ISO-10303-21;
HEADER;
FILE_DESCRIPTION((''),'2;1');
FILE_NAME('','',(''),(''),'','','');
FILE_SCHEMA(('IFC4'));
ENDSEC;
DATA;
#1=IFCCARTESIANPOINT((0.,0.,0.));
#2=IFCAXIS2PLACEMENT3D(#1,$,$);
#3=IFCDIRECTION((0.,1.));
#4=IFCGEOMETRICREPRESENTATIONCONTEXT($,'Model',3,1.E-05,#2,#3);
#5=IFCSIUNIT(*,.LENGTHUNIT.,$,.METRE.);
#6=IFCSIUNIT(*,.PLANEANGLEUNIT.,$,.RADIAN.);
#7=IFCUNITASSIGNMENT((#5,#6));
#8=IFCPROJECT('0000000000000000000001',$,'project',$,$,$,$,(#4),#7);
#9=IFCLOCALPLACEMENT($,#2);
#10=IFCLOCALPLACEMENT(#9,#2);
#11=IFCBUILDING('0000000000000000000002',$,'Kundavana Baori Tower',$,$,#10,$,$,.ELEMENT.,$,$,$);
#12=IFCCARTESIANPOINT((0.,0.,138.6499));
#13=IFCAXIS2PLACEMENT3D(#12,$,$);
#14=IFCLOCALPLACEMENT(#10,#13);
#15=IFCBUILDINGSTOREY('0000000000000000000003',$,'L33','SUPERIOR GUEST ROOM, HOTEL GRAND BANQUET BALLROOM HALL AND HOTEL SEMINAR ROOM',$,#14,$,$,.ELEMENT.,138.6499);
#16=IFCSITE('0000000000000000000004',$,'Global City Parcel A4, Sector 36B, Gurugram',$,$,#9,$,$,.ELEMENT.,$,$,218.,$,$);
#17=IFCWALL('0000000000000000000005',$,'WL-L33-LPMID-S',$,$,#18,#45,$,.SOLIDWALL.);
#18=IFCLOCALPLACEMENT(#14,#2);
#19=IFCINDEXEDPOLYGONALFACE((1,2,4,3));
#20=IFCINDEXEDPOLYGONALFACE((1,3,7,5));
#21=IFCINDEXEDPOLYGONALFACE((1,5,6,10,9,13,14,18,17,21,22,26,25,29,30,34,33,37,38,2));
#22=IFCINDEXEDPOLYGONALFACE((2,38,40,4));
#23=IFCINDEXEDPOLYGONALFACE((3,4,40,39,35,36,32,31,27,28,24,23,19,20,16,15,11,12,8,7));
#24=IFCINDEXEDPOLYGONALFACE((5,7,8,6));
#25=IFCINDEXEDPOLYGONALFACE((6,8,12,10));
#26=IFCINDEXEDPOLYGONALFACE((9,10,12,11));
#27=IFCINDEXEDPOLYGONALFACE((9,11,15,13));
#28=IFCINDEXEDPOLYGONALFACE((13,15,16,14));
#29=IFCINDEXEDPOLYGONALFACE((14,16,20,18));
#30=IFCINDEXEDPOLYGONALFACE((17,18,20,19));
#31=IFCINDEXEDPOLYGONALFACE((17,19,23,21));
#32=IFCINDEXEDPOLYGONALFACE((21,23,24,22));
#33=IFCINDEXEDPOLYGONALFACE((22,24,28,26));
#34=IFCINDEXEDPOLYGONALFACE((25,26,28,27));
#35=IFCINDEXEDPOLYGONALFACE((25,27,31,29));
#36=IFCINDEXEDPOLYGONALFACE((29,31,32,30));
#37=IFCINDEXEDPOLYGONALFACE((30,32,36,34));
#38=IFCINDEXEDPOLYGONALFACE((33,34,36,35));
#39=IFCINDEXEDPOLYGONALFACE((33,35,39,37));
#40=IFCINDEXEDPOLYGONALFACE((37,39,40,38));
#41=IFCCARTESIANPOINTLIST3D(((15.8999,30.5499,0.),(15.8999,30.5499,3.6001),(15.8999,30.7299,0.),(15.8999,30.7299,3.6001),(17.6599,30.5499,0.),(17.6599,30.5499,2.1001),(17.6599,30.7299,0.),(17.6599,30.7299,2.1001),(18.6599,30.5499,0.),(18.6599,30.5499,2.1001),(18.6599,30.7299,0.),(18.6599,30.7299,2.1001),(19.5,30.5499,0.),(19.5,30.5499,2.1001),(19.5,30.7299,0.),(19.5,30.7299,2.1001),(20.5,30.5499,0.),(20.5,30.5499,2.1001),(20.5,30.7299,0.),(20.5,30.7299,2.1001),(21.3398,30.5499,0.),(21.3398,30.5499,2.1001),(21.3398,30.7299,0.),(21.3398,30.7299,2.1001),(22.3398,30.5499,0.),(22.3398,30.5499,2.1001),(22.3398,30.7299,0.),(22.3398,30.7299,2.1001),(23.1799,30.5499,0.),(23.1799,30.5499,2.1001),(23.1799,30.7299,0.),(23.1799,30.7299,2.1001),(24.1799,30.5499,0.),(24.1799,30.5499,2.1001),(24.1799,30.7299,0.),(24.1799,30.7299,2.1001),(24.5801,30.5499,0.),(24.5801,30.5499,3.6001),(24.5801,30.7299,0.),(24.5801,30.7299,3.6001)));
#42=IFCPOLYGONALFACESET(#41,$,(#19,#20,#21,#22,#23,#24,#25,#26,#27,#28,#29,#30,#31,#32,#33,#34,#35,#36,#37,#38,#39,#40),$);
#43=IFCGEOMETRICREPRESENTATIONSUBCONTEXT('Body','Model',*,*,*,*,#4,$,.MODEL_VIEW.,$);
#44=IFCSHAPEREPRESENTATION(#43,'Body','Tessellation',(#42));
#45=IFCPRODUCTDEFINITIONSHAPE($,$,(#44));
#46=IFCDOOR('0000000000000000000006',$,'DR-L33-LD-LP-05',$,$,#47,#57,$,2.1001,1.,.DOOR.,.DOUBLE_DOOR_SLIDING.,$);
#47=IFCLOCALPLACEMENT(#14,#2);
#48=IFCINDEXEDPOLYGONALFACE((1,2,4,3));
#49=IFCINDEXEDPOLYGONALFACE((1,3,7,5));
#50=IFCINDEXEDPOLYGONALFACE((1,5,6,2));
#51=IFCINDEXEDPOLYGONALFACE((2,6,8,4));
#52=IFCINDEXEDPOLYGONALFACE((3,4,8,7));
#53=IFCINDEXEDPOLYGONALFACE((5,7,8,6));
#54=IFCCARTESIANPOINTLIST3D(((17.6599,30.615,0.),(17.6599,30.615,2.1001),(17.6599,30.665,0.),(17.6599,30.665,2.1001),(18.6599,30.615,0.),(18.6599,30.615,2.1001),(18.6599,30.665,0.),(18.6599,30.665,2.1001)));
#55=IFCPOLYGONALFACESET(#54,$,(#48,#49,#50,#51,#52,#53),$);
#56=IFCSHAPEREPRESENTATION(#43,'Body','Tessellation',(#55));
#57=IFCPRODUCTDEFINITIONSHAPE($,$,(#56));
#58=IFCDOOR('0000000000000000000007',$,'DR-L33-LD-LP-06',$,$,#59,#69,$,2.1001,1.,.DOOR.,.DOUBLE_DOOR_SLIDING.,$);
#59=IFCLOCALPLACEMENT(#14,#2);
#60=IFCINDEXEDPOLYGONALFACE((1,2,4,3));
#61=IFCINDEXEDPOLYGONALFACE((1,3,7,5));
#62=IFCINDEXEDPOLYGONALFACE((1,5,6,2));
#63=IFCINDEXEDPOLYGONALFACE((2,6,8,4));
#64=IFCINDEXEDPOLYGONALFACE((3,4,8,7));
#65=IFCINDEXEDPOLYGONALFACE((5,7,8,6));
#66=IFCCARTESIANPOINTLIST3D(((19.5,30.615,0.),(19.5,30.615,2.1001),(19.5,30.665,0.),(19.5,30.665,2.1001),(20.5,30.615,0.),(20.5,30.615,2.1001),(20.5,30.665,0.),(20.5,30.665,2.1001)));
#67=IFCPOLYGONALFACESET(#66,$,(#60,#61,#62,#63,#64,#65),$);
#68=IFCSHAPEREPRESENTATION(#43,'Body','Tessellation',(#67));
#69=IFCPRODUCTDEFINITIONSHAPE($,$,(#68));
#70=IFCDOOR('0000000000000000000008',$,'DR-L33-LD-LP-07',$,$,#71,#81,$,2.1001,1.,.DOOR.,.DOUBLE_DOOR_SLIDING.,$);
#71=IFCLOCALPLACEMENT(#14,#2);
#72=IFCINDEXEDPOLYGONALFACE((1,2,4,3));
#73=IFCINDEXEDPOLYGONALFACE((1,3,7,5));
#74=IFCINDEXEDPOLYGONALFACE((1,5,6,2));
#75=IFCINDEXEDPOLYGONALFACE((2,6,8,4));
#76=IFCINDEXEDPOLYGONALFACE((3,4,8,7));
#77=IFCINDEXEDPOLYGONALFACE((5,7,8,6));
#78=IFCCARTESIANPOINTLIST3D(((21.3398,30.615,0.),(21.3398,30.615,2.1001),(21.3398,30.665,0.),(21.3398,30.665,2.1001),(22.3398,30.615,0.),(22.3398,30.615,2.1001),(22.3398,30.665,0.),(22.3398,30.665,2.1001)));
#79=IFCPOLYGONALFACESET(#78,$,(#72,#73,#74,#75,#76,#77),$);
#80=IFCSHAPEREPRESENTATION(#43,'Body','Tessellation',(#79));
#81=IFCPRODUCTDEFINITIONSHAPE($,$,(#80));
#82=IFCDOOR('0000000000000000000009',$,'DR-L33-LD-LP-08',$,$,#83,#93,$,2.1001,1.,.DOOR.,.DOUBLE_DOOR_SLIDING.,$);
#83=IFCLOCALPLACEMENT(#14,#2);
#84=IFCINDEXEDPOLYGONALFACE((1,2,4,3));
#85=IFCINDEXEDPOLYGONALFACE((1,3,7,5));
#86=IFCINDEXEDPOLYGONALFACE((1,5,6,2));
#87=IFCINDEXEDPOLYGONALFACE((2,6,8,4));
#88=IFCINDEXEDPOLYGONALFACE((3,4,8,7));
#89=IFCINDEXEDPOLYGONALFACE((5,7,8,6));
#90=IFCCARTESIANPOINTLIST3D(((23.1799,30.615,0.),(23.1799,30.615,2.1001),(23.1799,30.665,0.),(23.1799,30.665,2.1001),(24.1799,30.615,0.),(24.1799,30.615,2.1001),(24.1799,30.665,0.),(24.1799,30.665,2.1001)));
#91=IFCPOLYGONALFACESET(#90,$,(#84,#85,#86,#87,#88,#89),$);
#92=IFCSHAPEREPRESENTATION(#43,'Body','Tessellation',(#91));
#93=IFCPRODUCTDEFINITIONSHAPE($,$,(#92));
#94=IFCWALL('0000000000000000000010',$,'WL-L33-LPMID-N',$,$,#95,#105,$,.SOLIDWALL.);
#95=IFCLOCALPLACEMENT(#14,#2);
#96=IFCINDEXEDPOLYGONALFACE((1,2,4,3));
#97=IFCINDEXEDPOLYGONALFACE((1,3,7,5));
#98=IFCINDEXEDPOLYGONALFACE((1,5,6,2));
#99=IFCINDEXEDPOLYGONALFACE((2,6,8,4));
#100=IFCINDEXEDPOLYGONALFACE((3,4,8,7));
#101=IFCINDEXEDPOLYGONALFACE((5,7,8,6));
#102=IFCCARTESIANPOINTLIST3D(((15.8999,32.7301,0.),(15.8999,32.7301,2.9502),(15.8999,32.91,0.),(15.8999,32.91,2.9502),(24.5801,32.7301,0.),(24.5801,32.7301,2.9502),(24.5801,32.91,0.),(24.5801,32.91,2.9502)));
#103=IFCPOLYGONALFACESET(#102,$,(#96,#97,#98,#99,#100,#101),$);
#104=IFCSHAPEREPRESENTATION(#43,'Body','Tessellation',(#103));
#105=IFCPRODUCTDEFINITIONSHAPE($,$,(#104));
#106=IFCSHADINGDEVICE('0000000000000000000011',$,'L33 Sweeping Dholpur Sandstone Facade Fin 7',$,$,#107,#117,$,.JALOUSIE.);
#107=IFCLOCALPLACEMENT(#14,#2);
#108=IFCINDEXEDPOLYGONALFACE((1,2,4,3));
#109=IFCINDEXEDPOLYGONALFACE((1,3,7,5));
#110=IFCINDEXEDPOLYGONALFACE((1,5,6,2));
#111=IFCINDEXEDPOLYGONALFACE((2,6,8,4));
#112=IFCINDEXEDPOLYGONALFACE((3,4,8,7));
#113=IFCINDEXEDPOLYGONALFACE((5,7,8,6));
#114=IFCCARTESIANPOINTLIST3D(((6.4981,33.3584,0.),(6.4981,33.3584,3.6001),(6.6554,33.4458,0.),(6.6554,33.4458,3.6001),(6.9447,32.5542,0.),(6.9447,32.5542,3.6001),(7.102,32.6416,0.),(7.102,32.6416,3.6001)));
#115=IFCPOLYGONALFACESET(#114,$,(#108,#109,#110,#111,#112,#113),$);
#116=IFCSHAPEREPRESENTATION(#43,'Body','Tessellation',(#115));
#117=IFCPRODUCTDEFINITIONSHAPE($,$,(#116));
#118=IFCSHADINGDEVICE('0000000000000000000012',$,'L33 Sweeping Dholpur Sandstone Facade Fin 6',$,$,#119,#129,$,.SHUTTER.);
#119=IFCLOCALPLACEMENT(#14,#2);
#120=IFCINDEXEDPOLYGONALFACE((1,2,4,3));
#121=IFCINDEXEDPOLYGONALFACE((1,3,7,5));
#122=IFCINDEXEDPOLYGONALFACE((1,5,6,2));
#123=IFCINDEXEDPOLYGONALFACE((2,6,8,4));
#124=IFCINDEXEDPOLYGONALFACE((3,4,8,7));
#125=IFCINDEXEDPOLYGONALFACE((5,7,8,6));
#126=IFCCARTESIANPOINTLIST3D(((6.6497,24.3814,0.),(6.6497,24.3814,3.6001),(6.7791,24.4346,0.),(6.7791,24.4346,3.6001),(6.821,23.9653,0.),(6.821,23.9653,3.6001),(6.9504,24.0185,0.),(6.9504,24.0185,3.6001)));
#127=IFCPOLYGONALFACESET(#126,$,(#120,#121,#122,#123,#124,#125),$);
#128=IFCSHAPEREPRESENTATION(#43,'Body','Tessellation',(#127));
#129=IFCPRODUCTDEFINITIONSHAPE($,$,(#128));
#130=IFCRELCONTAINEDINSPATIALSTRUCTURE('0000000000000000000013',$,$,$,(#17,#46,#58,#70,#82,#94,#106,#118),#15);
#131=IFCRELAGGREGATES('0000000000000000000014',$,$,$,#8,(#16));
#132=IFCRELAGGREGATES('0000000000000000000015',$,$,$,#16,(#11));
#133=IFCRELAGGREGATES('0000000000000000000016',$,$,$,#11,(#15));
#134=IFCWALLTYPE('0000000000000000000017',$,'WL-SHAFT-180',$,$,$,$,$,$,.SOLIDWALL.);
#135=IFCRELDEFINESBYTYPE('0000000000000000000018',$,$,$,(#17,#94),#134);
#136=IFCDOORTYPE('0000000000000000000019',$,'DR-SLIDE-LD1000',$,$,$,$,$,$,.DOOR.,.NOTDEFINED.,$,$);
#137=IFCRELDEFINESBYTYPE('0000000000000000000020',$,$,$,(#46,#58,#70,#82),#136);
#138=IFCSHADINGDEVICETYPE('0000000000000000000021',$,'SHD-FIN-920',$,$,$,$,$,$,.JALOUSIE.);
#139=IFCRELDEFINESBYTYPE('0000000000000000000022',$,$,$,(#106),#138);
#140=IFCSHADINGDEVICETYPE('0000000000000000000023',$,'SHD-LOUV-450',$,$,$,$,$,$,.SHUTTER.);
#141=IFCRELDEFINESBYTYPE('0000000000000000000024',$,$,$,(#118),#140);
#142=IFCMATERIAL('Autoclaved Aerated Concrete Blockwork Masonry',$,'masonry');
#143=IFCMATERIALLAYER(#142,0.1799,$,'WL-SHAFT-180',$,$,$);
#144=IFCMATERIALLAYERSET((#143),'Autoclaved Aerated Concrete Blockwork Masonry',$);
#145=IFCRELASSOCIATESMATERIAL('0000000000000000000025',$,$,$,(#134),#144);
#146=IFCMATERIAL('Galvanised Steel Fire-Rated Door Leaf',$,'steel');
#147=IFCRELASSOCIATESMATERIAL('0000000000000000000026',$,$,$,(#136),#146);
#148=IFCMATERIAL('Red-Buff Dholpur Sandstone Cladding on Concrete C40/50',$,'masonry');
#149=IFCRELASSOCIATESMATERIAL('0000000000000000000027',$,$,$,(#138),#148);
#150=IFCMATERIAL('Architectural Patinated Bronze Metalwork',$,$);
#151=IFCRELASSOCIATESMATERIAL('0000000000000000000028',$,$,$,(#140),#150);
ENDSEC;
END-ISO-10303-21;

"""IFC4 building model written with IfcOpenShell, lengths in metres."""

from ifc_helpers import new_model, si_unit, direction, frame, frame_2d, origin, origin_2d, place, context, subcontext, project, spatial, rectangle, extrude, material, layer, layer_set, type_object, element, fill, save


model = new_model("IFC4")

# Units and contexts
model_context = context("Model", 3, precision=1e-05, world=origin(), true_north=direction((0.0, 1.0)))
body_context = subcontext(model_context, "Body", "Model", "MODEL_VIEW")
ifc_project = project(units=[si_unit("LENGTHUNIT", "METRE"), si_unit("PLANEANGLEUNIT", "RADIAN")], contexts=[model_context])

# Site, building, storey
site_placement = place(None, origin())
site = spatial("IfcSite", under=ifc_project, at=site_placement, Name="Global City Parcel A4, Sector 36B, Gurugram", CompositionType="ELEMENT", RefElevation=218.0)
building_placement = place(site_placement, origin())
building = spatial("IfcBuilding", under=site, at=building_placement, Name="Kundavana Baori Tower", CompositionType="ELEMENT")
storey_placement = place(building_placement, frame((0.0, 0.0, 138.6499)))
storey = spatial("IfcBuildingStorey", under=building, at=storey_placement, Name="L33", Description="SUPERIOR GUEST ROOM, HOTEL GRAND BANQUET BALLROOM HALL AND HOTEL SEMINAR ROOM", CompositionType="ELEMENT", Elevation=138.6499)

# Shared definitions
ifc_material_1 = material(Name="Autoclaved Aerated Concrete Blockwork Masonry", Category="masonry")
ifc_layer_1 = layer(ifc_material_1, 0.1799, Name="WL-SHAFT-180")
ifc_layer_set_1 = layer_set([ifc_layer_1], Name="Autoclaved Aerated Concrete Blockwork Masonry")
wall_type_1 = type_object("IfcWallType", Name="WL-SHAFT-180", PredefinedType="SOLIDWALL", material=ifc_layer_set_1)

# Wall, openings, doors
wall_1_placement = place(storey_placement, frame((15.8999, 30.6399, 0.0), z_axis=(0.0, 0.0, 1.0), x_axis=(1.0, 0.0, 0.0)))
wall_1 = element("IfcWall", 1, at=wall_1_placement, inside=storey, type_object=wall_type_1, Name="WL-L33-LPMID-S", PredefinedType="SOLIDWALL", context=body_context, shape_type="SweptSolid", body=[
    extrude(rectangle(XDim=8.6802, YDim=0.1799, at=frame_2d((4.3401, 0.0))), origin(), (0.0, 0.0, 1.0), 3.6001),
])
opening_1_placement = place(wall_1_placement, frame((1.76, 0.0, 0.0)))
opening_1 = element("IfcOpeningElement", 2, at=opening_1_placement, cuts=wall_1, PredefinedType="OPENING", context=body_context, shape_type="SweptSolid", body=[
    extrude(rectangle(XDim=1.0, YDim=2.1001, at=frame_2d((0.5, 1.05))), frame((0.0, 0.1001, 0.0), z_axis=(0.0, -1.0, 0.0), x_axis=(1.0, 0.0, 0.0)), (0.0, 0.0, 1.0), 0.2),
])
opening_2_placement = place(wall_1_placement, frame((3.6001, 0.0, 0.0)))
opening_2 = element("IfcOpeningElement", 3, at=opening_2_placement, cuts=wall_1, PredefinedType="OPENING", context=body_context, shape_type="SweptSolid", body=[
    extrude(rectangle(XDim=1.0, YDim=2.1001, at=frame_2d((0.5, 1.05))), frame((0.0, 0.1001, 0.0), z_axis=(0.0, -1.0, 0.0), x_axis=(1.0, 0.0, 0.0)), (0.0, 0.0, 1.0), 0.2),
])
opening_3_placement = place(wall_1_placement, frame((5.4399, 0.0, 0.0)))
opening_3 = element("IfcOpeningElement", 4, at=opening_3_placement, cuts=wall_1, PredefinedType="OPENING", context=body_context, shape_type="SweptSolid", body=[
    extrude(rectangle(XDim=1.0, YDim=2.1001, at=frame_2d((0.5, 1.05))), frame((0.0, 0.1001, 0.0), z_axis=(0.0, -1.0, 0.0), x_axis=(1.0, 0.0, 0.0)), (0.0, 0.0, 1.0), 0.2),
])
opening_4_placement = place(wall_1_placement, frame((7.28, 0.0, 0.0)))
opening_4 = element("IfcOpeningElement", 5, at=opening_4_placement, cuts=wall_1, PredefinedType="OPENING", context=body_context, shape_type="SweptSolid", body=[
    extrude(rectangle(XDim=1.0, YDim=2.1001, at=frame_2d((0.5, 1.05))), frame((0.0, 0.1001, 0.0), z_axis=(0.0, -1.0, 0.0), x_axis=(1.0, 0.0, 0.0)), (0.0, 0.0, 1.0), 0.2),
])
ifc_material_2 = material(Name="Galvanised Steel Fire-Rated Door Leaf", Category="steel")
door_type_1 = type_object("IfcDoorType", Name="DR-SLIDE-LD1000", OperationType="NOTDEFINED", PredefinedType="DOOR", material=ifc_material_2)
door_1_placement = place(opening_1_placement, frame((1.0, 0.0, 0.0), z_axis=(0.0, 0.0, 1.0), x_axis=(-1.0, 0.0, 0.0)))
door_1 = element("IfcDoor", 6, at=door_1_placement, inside=storey, type_object=door_type_1, Name="DR-L33-LD-LP-05", OperationType="DOUBLE_DOOR_SLIDING", OverallHeight=2.1001, OverallWidth=1.0, PredefinedType="DOOR", context=body_context, shape_type="SweptSolid", body=[
    extrude(rectangle(XDim=1.0, YDim=2.1001, at=frame_2d((0.5, 1.05))), frame((0.0, 0.0249, 0.0), z_axis=(0.0, -1.0, 0.0), x_axis=(1.0, 0.0, 0.0)), (0.0, 0.0, 1.0), 0.05),
])
fill(opening_1, door_1)
door_2_placement = place(opening_2_placement, frame((1.0, 0.0, 0.0), z_axis=(0.0, 0.0, 1.0), x_axis=(-1.0, 0.0, 0.0)))
door_2 = element("IfcDoor", 7, at=door_2_placement, inside=storey, type_object=door_type_1, Name="DR-L33-LD-LP-06", OperationType="DOUBLE_DOOR_SLIDING", OverallHeight=2.1001, OverallWidth=1.0, PredefinedType="DOOR", context=body_context, shape_type="SweptSolid", body=[
    extrude(rectangle(XDim=1.0, YDim=2.1001, at=frame_2d((0.5, 1.05))), frame((0.0, 0.0249, 0.0), z_axis=(0.0, -1.0, 0.0), x_axis=(1.0, 0.0, 0.0)), (0.0, 0.0, 1.0), 0.05),
])
fill(opening_2, door_2)
door_3_placement = place(opening_3_placement, frame((1.0, 0.0, 0.0), z_axis=(0.0, 0.0, 1.0), x_axis=(-1.0, 0.0, 0.0)))
door_3 = element("IfcDoor", 8, at=door_3_placement, inside=storey, type_object=door_type_1, Name="DR-L33-LD-LP-07", OperationType="DOUBLE_DOOR_SLIDING", OverallHeight=2.1001, OverallWidth=1.0, PredefinedType="DOOR", context=body_context, shape_type="SweptSolid", body=[
    extrude(rectangle(XDim=1.0, YDim=2.1001, at=frame_2d((0.5, 1.05))), frame((0.0, 0.0249, 0.0), z_axis=(0.0, -1.0, 0.0), x_axis=(1.0, 0.0, 0.0)), (0.0, 0.0, 1.0), 0.05),
])
fill(opening_3, door_3)
door_4_placement = place(opening_4_placement, frame((1.0, 0.0, 0.0), z_axis=(0.0, 0.0, 1.0), x_axis=(-1.0, 0.0, 0.0)))
door_4 = element("IfcDoor", 9, at=door_4_placement, inside=storey, type_object=door_type_1, Name="DR-L33-LD-LP-08", OperationType="DOUBLE_DOOR_SLIDING", OverallHeight=2.1001, OverallWidth=1.0, PredefinedType="DOOR", context=body_context, shape_type="SweptSolid", body=[
    extrude(rectangle(XDim=1.0, YDim=2.1001, at=frame_2d((0.5, 1.05))), frame((0.0, 0.0249, 0.0), z_axis=(0.0, -1.0, 0.0), x_axis=(1.0, 0.0, 0.0)), (0.0, 0.0, 1.0), 0.05),
])
fill(opening_4, door_4)

# Wall
wall_2_placement = place(storey_placement, frame((15.8999, 32.8201, 0.0), z_axis=(0.0, 0.0, 1.0), x_axis=(1.0, 0.0, 0.0)))
element("IfcWall", 10, at=wall_2_placement, inside=storey, type_object=wall_type_1, Name="WL-L33-LPMID-N", PredefinedType="SOLIDWALL", context=body_context, shape_type="SweptSolid", body=[
    extrude(rectangle(XDim=8.6802, YDim=0.1799, at=frame_2d((4.3401, 0.0))), origin(), (0.0, 0.0, 1.0), 2.9502),
])

# Shading devices
ifc_material_3 = material(Name="Red-Buff Dholpur Sandstone Cladding on Concrete C40/50", Category="masonry")
shading_device_type_1 = type_object("IfcShadingDeviceType", Name="SHD-FIN-920", PredefinedType="JALOUSIE", material=ifc_material_3)
shading_device_1_placement = place(storey_placement, frame((6.8, 33.0, 0.0), z_axis=(0.0, 0.0, 1.0), x_axis=(0.874196, 0.485573, 0.0)))
element("IfcShadingDevice", 11, at=shading_device_1_placement, inside=storey, type_object=shading_device_type_1, Name="L33 Sweeping Dholpur Sandstone Facade Fin 7", PredefinedType="JALOUSIE", context=body_context, shape_type="SweptSolid", body=[
    extrude(rectangle(XDim=0.1799, YDim=0.9199, at=origin_2d()), origin(), (0.0, 0.0, 1.0), 3.6001),
])
ifc_material_4 = material(Name="Architectural Patinated Bronze Metalwork")
shading_device_type_2 = type_object("IfcShadingDeviceType", Name="SHD-LOUV-450", PredefinedType="SHUTTER", material=ifc_material_4)
shading_device_2_placement = place(storey_placement, frame((6.8, 24.2, 0.0), z_axis=(0.0, 0.0, 1.0), x_axis=(0.924745, 0.380586, 0.0)))
element("IfcShadingDevice", 12, at=shading_device_2_placement, inside=storey, type_object=shading_device_type_2, Name="L33 Sweeping Dholpur Sandstone Facade Fin 6", PredefinedType="SHUTTER", context=body_context, shape_type="SweptSolid", body=[
    extrude(rectangle(XDim=0.1399, YDim=0.45, at=origin_2d()), origin(), (0.0, 0.0, 1.0), 3.6001),
])

save(model, "model.ifc")
